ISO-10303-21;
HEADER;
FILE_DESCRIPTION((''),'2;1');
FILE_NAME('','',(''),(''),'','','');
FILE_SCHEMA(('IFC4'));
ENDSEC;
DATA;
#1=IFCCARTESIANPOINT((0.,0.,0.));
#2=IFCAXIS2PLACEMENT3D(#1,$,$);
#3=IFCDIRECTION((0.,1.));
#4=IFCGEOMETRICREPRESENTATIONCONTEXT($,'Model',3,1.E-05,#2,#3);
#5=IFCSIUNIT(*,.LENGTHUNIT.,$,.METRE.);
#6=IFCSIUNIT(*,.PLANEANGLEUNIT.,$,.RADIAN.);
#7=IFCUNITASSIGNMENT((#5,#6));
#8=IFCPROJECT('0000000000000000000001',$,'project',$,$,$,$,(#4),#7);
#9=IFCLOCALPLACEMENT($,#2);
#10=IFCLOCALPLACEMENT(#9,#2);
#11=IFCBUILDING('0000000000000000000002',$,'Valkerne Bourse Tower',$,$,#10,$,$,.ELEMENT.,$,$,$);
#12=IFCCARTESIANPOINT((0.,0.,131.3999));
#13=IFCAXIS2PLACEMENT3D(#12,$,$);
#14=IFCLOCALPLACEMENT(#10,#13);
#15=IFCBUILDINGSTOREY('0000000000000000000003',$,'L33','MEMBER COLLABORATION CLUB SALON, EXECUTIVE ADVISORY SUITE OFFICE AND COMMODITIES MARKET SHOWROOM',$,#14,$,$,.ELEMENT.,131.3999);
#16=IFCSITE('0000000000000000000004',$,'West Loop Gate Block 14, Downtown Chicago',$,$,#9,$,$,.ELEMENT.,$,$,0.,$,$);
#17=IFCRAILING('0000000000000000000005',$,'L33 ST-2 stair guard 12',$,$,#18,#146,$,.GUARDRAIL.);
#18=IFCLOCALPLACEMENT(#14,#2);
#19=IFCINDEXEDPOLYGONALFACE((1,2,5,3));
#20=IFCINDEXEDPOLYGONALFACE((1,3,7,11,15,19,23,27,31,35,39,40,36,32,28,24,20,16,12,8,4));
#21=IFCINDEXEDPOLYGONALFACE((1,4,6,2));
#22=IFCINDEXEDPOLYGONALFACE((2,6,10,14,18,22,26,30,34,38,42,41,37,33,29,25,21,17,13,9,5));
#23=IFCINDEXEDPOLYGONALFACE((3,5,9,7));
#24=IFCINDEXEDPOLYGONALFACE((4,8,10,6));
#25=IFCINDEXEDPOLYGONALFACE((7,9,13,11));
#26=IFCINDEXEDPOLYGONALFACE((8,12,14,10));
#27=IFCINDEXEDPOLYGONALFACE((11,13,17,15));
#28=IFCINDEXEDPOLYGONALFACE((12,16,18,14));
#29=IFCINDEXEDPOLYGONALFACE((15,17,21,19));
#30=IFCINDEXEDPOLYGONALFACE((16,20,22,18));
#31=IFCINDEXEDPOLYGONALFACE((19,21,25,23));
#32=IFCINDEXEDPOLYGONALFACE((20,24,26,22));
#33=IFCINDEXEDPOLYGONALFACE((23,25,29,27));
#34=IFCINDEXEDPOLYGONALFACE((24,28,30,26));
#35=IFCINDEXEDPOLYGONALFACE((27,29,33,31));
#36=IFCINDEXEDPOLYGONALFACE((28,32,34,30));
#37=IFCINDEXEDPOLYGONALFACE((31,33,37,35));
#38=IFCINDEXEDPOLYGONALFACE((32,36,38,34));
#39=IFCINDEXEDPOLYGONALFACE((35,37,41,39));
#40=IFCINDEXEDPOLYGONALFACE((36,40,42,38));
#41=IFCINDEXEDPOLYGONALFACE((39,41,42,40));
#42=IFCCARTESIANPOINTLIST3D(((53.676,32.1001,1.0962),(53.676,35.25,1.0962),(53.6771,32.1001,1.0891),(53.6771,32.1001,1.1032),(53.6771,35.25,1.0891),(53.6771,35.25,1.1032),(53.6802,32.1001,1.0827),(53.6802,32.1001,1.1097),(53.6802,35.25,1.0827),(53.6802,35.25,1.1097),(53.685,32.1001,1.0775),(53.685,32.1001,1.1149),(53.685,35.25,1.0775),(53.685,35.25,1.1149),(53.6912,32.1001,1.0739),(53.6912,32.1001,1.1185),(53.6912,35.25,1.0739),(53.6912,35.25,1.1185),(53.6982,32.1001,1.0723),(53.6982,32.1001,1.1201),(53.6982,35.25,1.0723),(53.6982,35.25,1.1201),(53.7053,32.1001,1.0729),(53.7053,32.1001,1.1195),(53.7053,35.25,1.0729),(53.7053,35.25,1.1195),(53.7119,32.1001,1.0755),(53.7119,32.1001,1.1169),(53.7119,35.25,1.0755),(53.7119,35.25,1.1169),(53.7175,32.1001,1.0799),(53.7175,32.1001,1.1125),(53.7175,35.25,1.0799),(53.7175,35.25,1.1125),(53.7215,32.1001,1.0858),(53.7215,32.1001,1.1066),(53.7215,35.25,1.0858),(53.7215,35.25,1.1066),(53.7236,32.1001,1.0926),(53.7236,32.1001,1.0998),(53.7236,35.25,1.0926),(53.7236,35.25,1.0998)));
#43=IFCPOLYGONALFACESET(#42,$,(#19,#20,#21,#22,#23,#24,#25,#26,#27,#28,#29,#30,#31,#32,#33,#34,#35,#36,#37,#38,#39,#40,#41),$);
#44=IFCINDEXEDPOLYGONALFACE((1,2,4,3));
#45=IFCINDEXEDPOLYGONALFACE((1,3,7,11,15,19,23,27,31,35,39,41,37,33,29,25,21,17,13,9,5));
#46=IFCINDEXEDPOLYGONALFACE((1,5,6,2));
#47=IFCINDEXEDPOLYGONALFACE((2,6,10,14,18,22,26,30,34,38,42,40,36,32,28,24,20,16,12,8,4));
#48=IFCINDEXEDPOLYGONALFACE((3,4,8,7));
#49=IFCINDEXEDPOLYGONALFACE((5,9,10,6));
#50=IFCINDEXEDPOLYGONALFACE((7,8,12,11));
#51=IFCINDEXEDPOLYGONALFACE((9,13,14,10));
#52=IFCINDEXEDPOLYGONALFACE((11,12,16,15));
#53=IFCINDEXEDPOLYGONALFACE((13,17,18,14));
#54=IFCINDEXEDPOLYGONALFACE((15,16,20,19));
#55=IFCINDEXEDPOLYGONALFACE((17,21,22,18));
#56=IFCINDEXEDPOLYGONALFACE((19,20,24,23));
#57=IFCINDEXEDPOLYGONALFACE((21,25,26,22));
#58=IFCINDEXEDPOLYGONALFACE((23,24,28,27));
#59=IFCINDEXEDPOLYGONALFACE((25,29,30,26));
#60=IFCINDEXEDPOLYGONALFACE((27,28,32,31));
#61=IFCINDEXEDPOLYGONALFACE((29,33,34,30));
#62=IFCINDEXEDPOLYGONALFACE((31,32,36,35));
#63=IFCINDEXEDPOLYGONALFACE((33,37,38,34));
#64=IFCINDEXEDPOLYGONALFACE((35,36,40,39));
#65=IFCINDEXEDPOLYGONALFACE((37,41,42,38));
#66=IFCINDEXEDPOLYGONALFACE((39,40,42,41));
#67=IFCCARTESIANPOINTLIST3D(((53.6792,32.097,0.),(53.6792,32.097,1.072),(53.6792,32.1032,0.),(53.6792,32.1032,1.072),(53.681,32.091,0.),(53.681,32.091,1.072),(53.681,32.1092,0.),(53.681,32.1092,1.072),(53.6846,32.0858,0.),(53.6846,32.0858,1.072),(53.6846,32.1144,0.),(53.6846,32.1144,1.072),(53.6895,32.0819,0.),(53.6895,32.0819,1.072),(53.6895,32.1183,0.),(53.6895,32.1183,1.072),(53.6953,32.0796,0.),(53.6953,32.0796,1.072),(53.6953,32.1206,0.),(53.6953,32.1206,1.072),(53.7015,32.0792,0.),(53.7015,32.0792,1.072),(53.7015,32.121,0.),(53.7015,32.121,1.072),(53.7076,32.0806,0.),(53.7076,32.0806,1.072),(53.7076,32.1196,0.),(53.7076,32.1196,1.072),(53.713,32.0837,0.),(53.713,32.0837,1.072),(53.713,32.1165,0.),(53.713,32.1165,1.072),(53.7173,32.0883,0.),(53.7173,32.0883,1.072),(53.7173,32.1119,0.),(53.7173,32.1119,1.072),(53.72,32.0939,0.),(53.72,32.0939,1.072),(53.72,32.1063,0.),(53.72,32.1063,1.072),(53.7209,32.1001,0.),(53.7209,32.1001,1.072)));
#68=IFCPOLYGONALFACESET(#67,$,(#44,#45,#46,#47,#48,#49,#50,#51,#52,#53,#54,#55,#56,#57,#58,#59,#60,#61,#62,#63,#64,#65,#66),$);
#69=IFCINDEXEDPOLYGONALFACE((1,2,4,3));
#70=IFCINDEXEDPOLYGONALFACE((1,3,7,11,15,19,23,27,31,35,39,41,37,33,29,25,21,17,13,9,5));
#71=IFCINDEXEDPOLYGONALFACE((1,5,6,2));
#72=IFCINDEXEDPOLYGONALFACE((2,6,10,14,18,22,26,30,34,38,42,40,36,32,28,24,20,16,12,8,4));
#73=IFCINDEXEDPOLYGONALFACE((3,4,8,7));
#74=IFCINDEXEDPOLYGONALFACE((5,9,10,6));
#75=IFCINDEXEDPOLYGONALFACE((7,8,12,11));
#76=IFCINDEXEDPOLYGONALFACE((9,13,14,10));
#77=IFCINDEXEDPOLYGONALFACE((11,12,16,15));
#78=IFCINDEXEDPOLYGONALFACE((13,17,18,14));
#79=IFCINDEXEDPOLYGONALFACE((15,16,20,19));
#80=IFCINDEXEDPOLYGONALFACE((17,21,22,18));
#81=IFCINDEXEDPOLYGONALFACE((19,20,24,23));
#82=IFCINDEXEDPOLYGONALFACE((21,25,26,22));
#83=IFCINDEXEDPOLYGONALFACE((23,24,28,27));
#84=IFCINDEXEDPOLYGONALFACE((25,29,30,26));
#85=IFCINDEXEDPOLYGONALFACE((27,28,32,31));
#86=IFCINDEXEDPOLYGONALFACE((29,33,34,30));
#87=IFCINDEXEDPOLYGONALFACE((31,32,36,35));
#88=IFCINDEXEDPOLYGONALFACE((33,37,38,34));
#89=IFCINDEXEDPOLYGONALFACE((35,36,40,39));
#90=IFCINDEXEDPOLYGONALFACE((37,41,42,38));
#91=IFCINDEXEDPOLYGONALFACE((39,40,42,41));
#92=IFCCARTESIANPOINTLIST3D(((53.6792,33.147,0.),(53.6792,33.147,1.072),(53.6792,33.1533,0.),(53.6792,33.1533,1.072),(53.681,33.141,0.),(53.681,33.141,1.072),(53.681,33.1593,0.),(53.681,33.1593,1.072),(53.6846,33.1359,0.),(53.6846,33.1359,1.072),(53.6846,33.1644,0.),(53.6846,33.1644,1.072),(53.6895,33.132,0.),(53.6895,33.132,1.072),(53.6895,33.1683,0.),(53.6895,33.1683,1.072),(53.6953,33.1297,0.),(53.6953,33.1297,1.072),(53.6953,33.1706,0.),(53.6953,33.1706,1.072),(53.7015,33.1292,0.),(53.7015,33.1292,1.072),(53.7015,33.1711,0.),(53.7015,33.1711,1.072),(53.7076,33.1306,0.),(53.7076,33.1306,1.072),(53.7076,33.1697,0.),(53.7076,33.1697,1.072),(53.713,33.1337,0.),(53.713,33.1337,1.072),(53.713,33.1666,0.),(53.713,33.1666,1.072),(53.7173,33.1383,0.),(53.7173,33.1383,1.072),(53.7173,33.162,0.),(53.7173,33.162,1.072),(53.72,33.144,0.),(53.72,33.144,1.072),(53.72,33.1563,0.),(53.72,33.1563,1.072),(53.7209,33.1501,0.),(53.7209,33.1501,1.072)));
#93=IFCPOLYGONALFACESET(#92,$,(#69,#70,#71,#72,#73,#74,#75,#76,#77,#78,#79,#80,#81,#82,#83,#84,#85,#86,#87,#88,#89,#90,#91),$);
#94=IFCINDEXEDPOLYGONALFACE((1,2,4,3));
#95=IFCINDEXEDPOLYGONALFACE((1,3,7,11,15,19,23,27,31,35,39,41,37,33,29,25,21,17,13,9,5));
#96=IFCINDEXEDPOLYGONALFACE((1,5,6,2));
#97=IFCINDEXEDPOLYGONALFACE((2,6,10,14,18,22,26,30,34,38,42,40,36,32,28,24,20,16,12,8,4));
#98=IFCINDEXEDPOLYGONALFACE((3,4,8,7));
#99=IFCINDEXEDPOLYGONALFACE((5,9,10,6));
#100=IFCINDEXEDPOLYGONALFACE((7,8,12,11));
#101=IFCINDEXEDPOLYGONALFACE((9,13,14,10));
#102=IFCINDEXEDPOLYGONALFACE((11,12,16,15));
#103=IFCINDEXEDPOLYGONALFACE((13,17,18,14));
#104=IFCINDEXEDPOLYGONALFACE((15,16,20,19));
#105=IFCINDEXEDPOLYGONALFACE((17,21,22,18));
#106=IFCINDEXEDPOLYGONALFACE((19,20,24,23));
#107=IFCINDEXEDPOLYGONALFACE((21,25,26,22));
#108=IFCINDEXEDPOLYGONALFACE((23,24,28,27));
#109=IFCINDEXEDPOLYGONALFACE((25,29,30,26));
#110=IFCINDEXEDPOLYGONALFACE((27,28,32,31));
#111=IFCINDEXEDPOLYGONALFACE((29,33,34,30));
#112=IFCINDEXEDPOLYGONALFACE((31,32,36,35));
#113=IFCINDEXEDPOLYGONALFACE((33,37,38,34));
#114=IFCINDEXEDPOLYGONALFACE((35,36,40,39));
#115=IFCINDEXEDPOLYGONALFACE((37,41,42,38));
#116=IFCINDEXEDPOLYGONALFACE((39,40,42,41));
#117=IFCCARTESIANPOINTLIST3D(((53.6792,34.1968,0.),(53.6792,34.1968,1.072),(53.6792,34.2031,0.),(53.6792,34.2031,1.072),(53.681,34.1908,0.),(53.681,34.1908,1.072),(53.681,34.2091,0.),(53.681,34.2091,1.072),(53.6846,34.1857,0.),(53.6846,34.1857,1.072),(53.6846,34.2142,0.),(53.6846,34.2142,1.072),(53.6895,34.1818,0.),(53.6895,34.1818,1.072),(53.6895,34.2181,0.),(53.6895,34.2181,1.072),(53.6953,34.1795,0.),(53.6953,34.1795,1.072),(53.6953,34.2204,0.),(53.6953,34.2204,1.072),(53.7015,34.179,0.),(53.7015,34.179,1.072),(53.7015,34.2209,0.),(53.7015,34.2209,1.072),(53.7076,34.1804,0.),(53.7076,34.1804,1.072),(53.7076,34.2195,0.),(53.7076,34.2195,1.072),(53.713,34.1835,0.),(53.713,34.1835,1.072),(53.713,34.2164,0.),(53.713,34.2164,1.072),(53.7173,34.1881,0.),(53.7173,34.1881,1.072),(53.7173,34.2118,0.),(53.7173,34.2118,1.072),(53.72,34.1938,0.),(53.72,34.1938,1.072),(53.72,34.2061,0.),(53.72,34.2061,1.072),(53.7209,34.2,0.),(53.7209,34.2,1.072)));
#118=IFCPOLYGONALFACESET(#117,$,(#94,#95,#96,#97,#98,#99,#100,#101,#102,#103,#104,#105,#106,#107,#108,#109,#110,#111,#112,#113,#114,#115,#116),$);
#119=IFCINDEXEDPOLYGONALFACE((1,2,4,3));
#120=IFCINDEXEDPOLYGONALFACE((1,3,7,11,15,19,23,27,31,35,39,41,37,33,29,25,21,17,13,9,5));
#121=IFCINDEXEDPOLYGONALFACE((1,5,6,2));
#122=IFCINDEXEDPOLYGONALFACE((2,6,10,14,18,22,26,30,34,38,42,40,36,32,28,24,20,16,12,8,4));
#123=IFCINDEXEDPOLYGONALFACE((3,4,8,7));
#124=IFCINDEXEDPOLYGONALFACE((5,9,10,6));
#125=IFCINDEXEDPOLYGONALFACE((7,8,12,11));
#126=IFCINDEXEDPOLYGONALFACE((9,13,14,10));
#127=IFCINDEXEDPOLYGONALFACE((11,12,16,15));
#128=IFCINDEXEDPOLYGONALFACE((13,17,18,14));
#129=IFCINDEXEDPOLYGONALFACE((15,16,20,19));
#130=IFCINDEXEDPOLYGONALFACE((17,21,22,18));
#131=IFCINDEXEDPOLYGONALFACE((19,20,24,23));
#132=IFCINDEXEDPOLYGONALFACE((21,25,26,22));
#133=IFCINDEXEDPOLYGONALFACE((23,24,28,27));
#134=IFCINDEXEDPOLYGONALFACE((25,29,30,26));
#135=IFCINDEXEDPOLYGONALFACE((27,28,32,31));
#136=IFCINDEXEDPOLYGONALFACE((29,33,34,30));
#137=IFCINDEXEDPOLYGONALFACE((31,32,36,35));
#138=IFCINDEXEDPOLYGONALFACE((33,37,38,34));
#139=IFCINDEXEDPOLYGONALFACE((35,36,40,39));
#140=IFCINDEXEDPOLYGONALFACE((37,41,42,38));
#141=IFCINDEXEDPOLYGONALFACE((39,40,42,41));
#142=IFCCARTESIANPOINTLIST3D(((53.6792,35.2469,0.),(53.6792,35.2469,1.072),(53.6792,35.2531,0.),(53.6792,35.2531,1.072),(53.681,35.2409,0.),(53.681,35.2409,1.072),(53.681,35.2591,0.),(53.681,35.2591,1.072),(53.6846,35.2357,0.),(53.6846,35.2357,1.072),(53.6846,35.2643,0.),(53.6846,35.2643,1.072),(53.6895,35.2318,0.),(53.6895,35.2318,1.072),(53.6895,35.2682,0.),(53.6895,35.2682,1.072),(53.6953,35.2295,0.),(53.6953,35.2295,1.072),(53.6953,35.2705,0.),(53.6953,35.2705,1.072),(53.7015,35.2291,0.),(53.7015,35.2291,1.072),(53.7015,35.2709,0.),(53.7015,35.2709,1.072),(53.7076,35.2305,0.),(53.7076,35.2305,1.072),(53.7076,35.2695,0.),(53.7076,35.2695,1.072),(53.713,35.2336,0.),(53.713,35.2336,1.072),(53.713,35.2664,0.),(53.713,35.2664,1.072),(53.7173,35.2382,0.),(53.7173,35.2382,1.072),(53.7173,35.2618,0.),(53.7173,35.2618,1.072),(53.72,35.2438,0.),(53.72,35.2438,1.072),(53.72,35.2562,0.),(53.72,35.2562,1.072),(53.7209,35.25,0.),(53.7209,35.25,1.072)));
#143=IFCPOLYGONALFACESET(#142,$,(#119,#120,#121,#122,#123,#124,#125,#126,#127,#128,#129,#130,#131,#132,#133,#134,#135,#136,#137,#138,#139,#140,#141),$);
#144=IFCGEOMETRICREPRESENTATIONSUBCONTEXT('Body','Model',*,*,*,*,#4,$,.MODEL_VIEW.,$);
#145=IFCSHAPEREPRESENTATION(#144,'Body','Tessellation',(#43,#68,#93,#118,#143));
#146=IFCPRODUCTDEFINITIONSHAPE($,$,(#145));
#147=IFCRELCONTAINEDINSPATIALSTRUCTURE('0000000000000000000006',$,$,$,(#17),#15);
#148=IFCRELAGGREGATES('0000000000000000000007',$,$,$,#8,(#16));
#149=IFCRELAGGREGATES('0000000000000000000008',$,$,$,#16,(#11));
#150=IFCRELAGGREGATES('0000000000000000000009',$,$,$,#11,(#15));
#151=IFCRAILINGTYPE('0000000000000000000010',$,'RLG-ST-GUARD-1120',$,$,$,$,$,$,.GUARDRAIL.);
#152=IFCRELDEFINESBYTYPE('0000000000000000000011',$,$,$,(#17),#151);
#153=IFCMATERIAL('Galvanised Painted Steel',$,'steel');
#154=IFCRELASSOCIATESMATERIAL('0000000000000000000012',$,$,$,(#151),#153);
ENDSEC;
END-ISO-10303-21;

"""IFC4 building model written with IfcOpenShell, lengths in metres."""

from ifc_helpers import new_model, si_unit, direction, frame, origin, origin_2d, place, context, subcontext, project, spatial, circle, extrude, material, type_object, element, save


model = new_model("IFC4")

# Units and contexts
model_context = context("Model", 3, precision=1e-05, world=origin(), true_north=direction((0.0, 1.0)))
body_context = subcontext(model_context, "Body", "Model", "MODEL_VIEW")
ifc_project = project(units=[si_unit("LENGTHUNIT", "METRE"), si_unit("PLANEANGLEUNIT", "RADIAN")], contexts=[model_context])

# Site, building, storey
site_placement = place(None, origin())
site = spatial("IfcSite", under=ifc_project, at=site_placement, Name="West Loop Gate Block 14, Downtown Chicago", CompositionType="ELEMENT", RefElevation=0.0)
building_placement = place(site_placement, origin())
building = spatial("IfcBuilding", under=site, at=building_placement, Name="Valkerne Bourse Tower", CompositionType="ELEMENT")
storey_placement = place(building_placement, frame((0.0, 0.0, 131.3999)))
storey = spatial("IfcBuildingStorey", under=building, at=storey_placement, Name="L33", Description="MEMBER COLLABORATION CLUB SALON, EXECUTIVE ADVISORY SUITE OFFICE AND COMMODITIES MARKET SHOWROOM", CompositionType="ELEMENT", Elevation=131.3999)

# Railing
ifc_material_1 = material(Name="Galvanised Painted Steel", Category="steel")
railing_type = type_object("IfcRailingType", Name="RLG-ST-GUARD-1120", PredefinedType="GUARDRAIL", material=ifc_material_1)
railing_1_placement = place(storey_placement, frame((53.7, 32.1001, 0.0)))
element("IfcRailing", 1, at=railing_1_placement, inside=storey, type_object=railing_type, Name="L33 ST-2 stair guard 12", PredefinedType="GUARDRAIL", context=body_context, shape_type="SweptSolid", body=[
    extrude(circle(Radius=0.0239, at=origin_2d()), frame((0.0, 0.0, 1.0962), z_axis=(0.0, 1.0, 0.0), x_axis=(-1.0, 0.0, 0.0)), (0.0, 0.0, 1.0), 3.1499),
    extrude(circle(Radius=0.021, at=origin_2d()), origin(), (0.0, 0.0, 1.0), 1.072),
    extrude(circle(Radius=0.021, at=origin_2d()), frame((0.0, 1.05, 0.0)), (0.0, 0.0, 1.0), 1.072),
    extrude(circle(Radius=0.021, at=origin_2d()), frame((0.0, 2.0999, 0.0)), (0.0, 0.0, 1.0), 1.072),
    extrude(circle(Radius=0.021, at=origin_2d()), frame((0.0, 3.1499, 0.0)), (0.0, 0.0, 1.0), 1.072),
])

save(model, "model.ifc")
